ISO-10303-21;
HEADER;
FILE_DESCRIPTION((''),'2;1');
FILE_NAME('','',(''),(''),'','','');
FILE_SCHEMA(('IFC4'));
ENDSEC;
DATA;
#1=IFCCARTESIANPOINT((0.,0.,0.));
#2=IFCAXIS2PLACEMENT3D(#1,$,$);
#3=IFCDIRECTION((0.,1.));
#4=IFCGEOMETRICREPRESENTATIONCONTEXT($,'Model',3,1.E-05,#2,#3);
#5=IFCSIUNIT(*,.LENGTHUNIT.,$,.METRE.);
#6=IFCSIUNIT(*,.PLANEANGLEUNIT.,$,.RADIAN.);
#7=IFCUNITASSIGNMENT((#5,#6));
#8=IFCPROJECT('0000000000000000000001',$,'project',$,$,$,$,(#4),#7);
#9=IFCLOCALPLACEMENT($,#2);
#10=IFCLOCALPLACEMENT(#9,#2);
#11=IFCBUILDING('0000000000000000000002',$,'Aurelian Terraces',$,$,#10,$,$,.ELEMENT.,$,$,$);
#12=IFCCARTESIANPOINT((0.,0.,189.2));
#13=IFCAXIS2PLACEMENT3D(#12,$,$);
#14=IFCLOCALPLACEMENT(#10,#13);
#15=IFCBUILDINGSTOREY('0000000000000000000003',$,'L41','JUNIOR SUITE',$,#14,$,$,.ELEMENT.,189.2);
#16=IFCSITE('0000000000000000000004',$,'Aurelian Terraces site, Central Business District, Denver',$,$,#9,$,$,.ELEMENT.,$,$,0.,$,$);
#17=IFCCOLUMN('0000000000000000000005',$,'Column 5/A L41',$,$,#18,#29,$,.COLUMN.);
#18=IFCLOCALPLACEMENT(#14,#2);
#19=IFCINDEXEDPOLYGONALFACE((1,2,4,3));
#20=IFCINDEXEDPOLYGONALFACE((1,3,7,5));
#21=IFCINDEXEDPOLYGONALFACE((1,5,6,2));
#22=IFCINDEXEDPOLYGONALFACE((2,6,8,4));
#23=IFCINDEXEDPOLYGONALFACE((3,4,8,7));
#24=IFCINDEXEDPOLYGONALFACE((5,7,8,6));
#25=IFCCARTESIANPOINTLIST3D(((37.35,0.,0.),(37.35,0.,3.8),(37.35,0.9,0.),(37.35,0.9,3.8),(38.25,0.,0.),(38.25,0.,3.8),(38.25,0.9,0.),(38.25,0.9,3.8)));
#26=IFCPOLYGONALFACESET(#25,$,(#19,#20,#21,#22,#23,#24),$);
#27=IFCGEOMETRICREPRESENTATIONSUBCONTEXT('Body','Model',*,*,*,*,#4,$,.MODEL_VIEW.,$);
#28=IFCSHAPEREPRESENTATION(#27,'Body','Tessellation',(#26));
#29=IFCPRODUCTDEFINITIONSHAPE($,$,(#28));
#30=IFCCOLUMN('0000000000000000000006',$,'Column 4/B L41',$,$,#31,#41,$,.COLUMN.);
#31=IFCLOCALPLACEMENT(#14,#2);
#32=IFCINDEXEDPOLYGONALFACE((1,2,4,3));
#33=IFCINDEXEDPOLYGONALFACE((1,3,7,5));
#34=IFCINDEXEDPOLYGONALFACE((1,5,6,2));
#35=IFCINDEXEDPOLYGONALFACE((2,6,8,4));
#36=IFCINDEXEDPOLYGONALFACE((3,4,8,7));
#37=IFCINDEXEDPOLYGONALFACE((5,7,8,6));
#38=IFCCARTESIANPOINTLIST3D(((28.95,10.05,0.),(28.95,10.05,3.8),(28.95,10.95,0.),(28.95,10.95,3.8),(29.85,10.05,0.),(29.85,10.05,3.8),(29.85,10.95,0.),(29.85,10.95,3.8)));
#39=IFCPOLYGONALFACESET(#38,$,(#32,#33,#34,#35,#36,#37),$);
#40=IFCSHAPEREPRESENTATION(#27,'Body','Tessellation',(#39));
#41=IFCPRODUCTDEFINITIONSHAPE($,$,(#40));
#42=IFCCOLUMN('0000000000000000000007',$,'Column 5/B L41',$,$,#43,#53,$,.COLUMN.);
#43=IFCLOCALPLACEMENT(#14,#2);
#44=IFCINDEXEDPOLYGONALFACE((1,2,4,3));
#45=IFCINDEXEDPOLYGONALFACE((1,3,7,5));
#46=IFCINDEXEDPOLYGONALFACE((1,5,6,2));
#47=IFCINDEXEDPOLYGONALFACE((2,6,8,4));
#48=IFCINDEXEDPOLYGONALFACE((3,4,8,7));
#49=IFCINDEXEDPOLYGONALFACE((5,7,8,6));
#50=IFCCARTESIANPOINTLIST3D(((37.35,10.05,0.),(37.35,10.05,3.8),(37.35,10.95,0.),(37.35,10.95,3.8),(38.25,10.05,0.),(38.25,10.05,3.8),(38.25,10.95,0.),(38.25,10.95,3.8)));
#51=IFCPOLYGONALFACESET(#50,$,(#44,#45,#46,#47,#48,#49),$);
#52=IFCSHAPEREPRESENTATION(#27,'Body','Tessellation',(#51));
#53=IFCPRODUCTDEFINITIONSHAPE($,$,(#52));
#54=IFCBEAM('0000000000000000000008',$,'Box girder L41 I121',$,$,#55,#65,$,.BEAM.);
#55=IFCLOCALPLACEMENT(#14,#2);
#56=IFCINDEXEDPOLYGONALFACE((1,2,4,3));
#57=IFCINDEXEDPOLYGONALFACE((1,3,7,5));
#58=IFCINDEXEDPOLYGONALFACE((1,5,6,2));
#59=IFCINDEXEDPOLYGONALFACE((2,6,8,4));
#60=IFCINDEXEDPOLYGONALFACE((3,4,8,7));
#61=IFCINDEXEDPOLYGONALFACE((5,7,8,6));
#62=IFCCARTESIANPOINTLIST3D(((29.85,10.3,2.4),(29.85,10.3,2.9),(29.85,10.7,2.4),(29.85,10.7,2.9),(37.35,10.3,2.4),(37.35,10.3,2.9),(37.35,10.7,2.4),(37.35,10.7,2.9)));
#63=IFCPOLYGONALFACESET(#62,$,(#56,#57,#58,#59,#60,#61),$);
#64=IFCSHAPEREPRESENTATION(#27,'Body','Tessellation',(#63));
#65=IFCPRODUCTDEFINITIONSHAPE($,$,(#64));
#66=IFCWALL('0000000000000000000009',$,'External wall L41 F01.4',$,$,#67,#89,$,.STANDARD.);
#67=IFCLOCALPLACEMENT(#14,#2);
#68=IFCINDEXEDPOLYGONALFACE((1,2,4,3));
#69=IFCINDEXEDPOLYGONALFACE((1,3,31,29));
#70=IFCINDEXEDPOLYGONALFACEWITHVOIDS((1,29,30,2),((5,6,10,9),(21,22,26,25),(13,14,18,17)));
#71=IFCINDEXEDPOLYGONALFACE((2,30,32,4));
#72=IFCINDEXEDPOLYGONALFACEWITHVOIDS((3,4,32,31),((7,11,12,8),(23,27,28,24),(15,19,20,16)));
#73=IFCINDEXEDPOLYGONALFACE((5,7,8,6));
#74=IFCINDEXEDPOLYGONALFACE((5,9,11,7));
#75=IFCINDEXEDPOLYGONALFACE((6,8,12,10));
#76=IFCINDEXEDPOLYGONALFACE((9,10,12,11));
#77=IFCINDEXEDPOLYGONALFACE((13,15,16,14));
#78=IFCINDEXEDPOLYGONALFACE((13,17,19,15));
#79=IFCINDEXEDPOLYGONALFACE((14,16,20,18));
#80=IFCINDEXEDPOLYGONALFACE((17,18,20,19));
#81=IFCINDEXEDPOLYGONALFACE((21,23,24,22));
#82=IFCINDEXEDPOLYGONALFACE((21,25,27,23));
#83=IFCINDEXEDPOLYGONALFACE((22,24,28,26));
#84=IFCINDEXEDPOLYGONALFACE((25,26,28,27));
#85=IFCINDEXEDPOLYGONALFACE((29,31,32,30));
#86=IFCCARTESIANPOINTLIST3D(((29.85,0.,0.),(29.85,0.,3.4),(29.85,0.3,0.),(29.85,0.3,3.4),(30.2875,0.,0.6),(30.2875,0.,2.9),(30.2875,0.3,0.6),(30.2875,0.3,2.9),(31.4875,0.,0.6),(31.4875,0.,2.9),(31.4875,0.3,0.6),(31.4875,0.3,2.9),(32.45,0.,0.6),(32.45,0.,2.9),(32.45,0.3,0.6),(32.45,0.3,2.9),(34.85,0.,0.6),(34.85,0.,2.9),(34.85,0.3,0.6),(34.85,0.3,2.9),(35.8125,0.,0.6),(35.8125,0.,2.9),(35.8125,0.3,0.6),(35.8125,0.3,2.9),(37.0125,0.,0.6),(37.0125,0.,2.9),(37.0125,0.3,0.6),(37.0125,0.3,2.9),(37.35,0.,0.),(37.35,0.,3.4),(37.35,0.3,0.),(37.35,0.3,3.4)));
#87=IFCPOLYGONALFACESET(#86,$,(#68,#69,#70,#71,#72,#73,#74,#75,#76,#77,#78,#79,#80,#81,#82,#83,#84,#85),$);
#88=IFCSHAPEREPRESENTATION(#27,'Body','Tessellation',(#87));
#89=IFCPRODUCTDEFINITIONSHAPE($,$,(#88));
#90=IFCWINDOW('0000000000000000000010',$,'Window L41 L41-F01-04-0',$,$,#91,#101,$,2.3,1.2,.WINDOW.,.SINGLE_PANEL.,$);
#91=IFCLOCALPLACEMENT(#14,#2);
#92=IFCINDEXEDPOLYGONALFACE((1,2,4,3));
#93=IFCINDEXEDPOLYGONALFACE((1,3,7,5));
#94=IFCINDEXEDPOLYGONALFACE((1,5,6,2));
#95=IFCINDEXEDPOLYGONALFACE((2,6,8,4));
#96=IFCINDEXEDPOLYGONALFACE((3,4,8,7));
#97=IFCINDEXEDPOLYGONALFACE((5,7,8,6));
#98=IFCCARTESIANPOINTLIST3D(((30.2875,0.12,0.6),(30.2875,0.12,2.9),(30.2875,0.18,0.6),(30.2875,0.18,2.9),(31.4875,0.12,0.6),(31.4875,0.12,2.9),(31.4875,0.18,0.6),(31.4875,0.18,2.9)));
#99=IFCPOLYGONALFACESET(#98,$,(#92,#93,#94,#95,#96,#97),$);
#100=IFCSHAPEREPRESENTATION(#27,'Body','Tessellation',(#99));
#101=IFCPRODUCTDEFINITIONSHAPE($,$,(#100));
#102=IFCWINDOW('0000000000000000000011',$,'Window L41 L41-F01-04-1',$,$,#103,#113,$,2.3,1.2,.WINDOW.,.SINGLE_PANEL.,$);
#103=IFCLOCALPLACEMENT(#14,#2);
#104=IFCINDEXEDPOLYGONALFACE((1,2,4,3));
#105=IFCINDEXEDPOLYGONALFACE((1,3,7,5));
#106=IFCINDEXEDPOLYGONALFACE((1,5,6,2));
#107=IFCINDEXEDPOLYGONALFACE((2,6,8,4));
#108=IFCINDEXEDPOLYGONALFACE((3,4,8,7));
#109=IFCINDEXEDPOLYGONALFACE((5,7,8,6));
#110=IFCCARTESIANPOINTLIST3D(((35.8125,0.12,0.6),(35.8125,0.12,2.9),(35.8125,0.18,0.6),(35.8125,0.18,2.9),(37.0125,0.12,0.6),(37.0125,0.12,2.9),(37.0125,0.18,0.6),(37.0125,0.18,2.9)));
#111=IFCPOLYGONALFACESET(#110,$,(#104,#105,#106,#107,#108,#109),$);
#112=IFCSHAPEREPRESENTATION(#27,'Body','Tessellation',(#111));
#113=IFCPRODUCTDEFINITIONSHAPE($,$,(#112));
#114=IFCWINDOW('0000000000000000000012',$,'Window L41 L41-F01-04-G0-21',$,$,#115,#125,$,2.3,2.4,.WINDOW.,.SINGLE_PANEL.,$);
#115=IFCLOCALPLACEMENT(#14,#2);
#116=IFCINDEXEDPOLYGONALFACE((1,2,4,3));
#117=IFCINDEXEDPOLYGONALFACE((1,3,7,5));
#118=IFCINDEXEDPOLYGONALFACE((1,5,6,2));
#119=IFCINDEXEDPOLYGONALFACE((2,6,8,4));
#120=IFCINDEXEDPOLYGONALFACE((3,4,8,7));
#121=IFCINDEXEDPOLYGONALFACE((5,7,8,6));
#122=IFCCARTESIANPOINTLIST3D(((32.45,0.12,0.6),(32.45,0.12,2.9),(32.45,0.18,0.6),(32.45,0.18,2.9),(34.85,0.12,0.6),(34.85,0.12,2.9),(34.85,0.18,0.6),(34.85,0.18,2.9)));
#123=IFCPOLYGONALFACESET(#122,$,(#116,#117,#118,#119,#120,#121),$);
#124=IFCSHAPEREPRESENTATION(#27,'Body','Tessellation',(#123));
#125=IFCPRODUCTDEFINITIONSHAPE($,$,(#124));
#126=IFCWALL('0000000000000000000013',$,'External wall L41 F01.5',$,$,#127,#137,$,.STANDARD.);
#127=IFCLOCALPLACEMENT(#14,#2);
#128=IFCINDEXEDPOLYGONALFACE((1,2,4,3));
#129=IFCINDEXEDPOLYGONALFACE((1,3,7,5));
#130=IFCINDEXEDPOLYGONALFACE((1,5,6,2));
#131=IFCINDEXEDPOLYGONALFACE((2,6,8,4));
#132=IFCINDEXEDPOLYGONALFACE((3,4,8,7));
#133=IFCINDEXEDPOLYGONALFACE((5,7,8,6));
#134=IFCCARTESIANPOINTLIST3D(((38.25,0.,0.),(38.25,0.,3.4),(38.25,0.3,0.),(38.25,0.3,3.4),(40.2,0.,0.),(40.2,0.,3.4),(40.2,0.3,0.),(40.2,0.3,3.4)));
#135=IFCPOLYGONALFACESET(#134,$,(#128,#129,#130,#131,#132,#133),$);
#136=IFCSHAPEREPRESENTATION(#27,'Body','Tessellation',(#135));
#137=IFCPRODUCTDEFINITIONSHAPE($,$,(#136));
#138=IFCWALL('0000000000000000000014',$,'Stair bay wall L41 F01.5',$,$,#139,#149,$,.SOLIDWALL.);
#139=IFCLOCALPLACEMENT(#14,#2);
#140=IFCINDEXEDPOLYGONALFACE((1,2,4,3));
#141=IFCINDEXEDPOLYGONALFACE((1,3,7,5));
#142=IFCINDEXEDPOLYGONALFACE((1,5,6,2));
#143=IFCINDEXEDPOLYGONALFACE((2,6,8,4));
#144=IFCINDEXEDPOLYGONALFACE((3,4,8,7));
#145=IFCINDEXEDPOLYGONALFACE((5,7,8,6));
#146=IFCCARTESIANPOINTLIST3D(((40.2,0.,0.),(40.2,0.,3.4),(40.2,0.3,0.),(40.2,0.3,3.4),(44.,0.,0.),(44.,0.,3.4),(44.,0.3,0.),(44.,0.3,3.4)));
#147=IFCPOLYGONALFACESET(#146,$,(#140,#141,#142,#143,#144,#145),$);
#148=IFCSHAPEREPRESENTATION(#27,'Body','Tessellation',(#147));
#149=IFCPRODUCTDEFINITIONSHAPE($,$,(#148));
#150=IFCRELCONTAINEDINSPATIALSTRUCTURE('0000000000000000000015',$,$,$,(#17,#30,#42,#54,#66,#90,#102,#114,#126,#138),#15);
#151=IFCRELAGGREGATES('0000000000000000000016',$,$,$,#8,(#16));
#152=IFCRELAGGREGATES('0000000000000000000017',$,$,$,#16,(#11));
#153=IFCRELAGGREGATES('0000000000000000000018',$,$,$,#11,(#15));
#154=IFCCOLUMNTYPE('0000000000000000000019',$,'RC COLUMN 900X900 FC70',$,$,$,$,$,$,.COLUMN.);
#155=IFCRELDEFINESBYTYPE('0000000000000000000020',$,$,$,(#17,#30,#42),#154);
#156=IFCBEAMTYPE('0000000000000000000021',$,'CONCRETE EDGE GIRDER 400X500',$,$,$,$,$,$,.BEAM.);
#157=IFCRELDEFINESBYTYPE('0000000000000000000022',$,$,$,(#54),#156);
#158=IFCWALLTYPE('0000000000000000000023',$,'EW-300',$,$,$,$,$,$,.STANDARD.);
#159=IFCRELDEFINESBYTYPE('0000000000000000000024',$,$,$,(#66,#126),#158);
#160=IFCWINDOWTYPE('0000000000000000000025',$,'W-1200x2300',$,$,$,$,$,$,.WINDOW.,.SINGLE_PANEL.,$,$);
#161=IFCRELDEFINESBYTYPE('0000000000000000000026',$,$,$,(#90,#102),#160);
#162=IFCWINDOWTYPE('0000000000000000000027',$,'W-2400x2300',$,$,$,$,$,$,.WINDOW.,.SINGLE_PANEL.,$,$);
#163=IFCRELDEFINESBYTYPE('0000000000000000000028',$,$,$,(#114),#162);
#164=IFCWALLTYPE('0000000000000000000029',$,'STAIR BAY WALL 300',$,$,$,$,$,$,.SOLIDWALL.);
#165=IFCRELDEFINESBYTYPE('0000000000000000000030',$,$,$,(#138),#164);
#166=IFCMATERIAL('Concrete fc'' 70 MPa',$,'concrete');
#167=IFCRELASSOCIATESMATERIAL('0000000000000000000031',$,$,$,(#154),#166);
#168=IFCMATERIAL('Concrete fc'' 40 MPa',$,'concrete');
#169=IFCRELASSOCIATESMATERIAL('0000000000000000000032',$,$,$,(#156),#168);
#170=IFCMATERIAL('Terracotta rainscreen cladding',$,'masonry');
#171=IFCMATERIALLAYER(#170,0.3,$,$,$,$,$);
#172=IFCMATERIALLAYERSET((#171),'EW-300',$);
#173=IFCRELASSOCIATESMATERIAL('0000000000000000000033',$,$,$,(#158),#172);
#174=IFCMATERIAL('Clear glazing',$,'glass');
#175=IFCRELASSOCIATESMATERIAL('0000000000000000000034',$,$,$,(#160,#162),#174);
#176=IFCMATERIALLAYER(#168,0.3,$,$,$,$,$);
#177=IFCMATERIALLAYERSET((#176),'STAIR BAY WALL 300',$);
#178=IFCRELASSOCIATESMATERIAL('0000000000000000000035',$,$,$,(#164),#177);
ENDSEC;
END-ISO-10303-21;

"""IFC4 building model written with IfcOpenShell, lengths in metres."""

from ifc_helpers import new_model, si_unit, direction, frame, frame_2d, origin, origin_2d, place, context, subcontext, project, spatial, rectangle, extrude, source, transform, mapped, material, layer, layer_set, material_profile, profile_set, type_object, element, fill, save


model = new_model("IFC4")

# Units and contexts
model_context = context("Model", 3, precision=1e-05, world=origin(), true_north=direction((0.0, 1.0)))
body_context = subcontext(model_context, "Body", "Model", "MODEL_VIEW")
ifc_project = project(units=[si_unit("LENGTHUNIT", "METRE"), si_unit("PLANEANGLEUNIT", "RADIAN")], contexts=[model_context])

# Site, building, storey
site_placement = place(None, origin())
site = spatial("IfcSite", under=ifc_project, at=site_placement, Name="Aurelian Terraces site, Central Business District, Denver", CompositionType="ELEMENT", RefElevation=0.0)
building_placement = place(site_placement, origin())
building = spatial("IfcBuilding", under=site, at=building_placement, Name="Aurelian Terraces", CompositionType="ELEMENT")
storey_placement = place(building_placement, frame((0.0, 0.0, 189.2)))
storey = spatial("IfcBuildingStorey", under=building, at=storey_placement, Name="L41", Description="JUNIOR SUITE", CompositionType="ELEMENT", Elevation=189.2)

# Columns
ifc_material_1 = material(Name="Concrete fc' 70 MPa", Category="concrete")
ifc_material_profile_1 = material_profile(ifc_material_1, rectangle(XDim=0.9, YDim=0.9, at=origin_2d()))
ifc_profile_set_1 = profile_set([ifc_material_profile_1], Name="Concrete fc' 70 MPa")
column_type = type_object("IfcColumnType", Name="RC COLUMN 900X900 FC70", PredefinedType="COLUMN", material=ifc_profile_set_1)
shared_shape_1 = source(origin(), body_context, "Body", "SweptSolid", [
    extrude(rectangle(XDim=0.9, YDim=0.9, at=origin_2d()), origin(), (0.0, 0.0, 1.0), 3.8),
])
for number, where, z_axis, x_axis, name in (
    (1, (37.8, 0.45, 0.0), (0.0, 0.0, 1.0), (1.0, 0.0, 0.0), "Column 5/A L41"),
    (2, (29.4, 10.5, 0.0), (0.0, 0.0, 1.0), (1.0, 0.0, 0.0), "Column 4/B L41"),
    (3, (37.8, 10.5, 0.0), (0.0, 0.0, 1.0), (1.0, 0.0, 0.0), "Column 5/B L41"),
):
    element("IfcColumn", number, at=place(storey_placement, frame(where, z_axis=z_axis, x_axis=x_axis)), inside=storey, type_object=column_type, Name=name, PredefinedType="COLUMN", context=body_context, shape_type="MappedRepresentation", body=[
        mapped(shared_shape_1, transform((0.0, 0.0, 0.0), scale=1.0)),
    ])

# Beam
ifc_material_2 = material(Name="Concrete fc' 40 MPa", Category="concrete")
ifc_material_profile_2 = material_profile(ifc_material_2, rectangle(XDim=0.4, YDim=0.5, at=origin_2d()))
ifc_profile_set_2 = profile_set([ifc_material_profile_2], Name="Concrete fc' 40 MPa")
beam_type = type_object("IfcBeamType", Name="CONCRETE EDGE GIRDER 400X500", PredefinedType="BEAM", material=ifc_profile_set_2)
shared_shape_2 = source(origin(), body_context, "Body", "SweptSolid", [
    extrude(rectangle(XDim=0.4, YDim=0.5, at=origin_2d()), origin(), (0.0, 0.0, 1.0), 7.5),
])
beam_placement = place(storey_placement, frame((29.85, 10.5, 2.65), z_axis=(1.0, 0.0, 0.0), x_axis=(0.0, 1.0, 0.0)))
element("IfcBeam", 4, at=beam_placement, inside=storey, type_object=beam_type, Name="Box girder L41 I121", PredefinedType="BEAM", context=body_context, shape_type="MappedRepresentation", body=[
    mapped(shared_shape_2, transform((0.0, 0.0, 0.0), scale=1.0)),
])

# Wall, openings, windows
ifc_material_3 = material(Name="Terracotta rainscreen cladding", Category="masonry")
ifc_layer_1 = layer(ifc_material_3, 0.3)
ifc_layer_set_1 = layer_set([ifc_layer_1], Name="EW-300")
wall_type_1 = type_object("IfcWallType", Name="EW-300", PredefinedType="STANDARD", material=ifc_layer_set_1)
shared_shape_3 = source(origin(), body_context, "Body", "SweptSolid", [
    extrude(rectangle(XDim=7.5, YDim=0.3, at=frame_2d((3.75, 0.0))), origin(), (0.0, 0.0, 1.0), 3.4),
])
wall_1_placement = place(storey_placement, frame((29.85, 0.15, 0.0), z_axis=(0.0, 0.0, 1.0), x_axis=(1.0, 0.0, 0.0)))
wall_1 = element("IfcWall", 5, at=wall_1_placement, inside=storey, type_object=wall_type_1, Name="External wall L41 F01.4", PredefinedType="STANDARD", context=body_context, shape_type="MappedRepresentation", body=[
    mapped(shared_shape_3, transform((0.0, 0.0, 0.0), scale=1.0)),
])
shared_shape_4 = source(origin(), body_context, "Body", "SweptSolid", [
    extrude(rectangle(XDim=1.2, YDim=2.3, at=frame_2d((0.6, 1.15))), frame((0.0, 0.16, 0.0), z_axis=(0.0, -1.0, 0.0), x_axis=(1.0, 0.0, 0.0)), (0.0, 0.0, 1.0), 0.32),
])
opening_1_placement = place(wall_1_placement, frame((0.4375, 0.0, 0.6)))
opening_1 = element("IfcOpeningElement", 6, at=opening_1_placement, cuts=wall_1, PredefinedType="OPENING", context=body_context, shape_type="MappedRepresentation", body=[
    mapped(shared_shape_4, transform((0.0, 0.0, 0.0), scale=1.0)),
])
opening_2_placement = place(wall_1_placement, frame((5.9625, 0.0, 0.6)))
opening_2 = element("IfcOpeningElement", 7, at=opening_2_placement, cuts=wall_1, PredefinedType="OPENING", context=body_context, shape_type="MappedRepresentation", body=[
    mapped(shared_shape_4, transform((0.0, 0.0, 0.0), scale=1.0)),
])
shared_shape_5 = source(origin(), body_context, "Body", "SweptSolid", [
    extrude(rectangle(XDim=2.4, YDim=2.3, at=frame_2d((1.2, 1.15))), frame((0.0, 0.16, 0.0), z_axis=(0.0, -1.0, 0.0), x_axis=(1.0, 0.0, 0.0)), (0.0, 0.0, 1.0), 0.32),
])
opening_3_placement = place(wall_1_placement, frame((2.6, 0.0, 0.6)))
opening_3 = element("IfcOpeningElement", 8, at=opening_3_placement, cuts=wall_1, PredefinedType="OPENING", context=body_context, shape_type="MappedRepresentation", body=[
    mapped(shared_shape_5, transform((0.0, 0.0, 0.0), scale=1.0)),
])
ifc_material_4 = material(Name="Clear glazing", Category="glass")
window_type_1 = type_object("IfcWindowType", Name="W-1200x2300", PartitioningType="SINGLE_PANEL", PredefinedType="WINDOW", material=ifc_material_4)
shared_shape_6 = source(origin(), body_context, "Body", "SweptSolid", [
    extrude(rectangle(XDim=1.2, YDim=2.3, at=frame_2d((0.6, 1.15))), frame((0.0, 0.03, 0.0), z_axis=(0.0, -1.0, 0.0), x_axis=(1.0, 0.0, 0.0)), (0.0, 0.0, 1.0), 0.06),
])
window_1_placement = place(opening_1_placement, origin())
window_1 = element("IfcWindow", 9, at=window_1_placement, inside=storey, type_object=window_type_1, Name="Window L41 L41-F01-04-0", OverallHeight=2.3, OverallWidth=1.2, PartitioningType="SINGLE_PANEL", PredefinedType="WINDOW", context=body_context, shape_type="MappedRepresentation", body=[
    mapped(shared_shape_6, transform((0.0, 0.0, 0.0), scale=1.0)),
])
fill(opening_1, window_1)
window_2_placement = place(opening_2_placement, origin())
window_2 = element("IfcWindow", 10, at=window_2_placement, inside=storey, type_object=window_type_1, Name="Window L41 L41-F01-04-1", OverallHeight=2.3, OverallWidth=1.2, PartitioningType="SINGLE_PANEL", PredefinedType="WINDOW", context=body_context, shape_type="MappedRepresentation", body=[
    mapped(shared_shape_6, transform((0.0, 0.0, 0.0), scale=1.0)),
])
fill(opening_2, window_2)
window_type_2 = type_object("IfcWindowType", Name="W-2400x2300", PartitioningType="SINGLE_PANEL", PredefinedType="WINDOW", material=ifc_material_4)
shared_shape_7 = source(origin(), body_context, "Body", "SweptSolid", [
    extrude(rectangle(XDim=2.4, YDim=2.3, at=frame_2d((1.2, 1.15))), frame((0.0, 0.03, 0.0), z_axis=(0.0, -1.0, 0.0), x_axis=(1.0, 0.0, 0.0)), (0.0, 0.0, 1.0), 0.06),
])
window_3_placement = place(opening_3_placement, origin())
window_3 = element("IfcWindow", 11, at=window_3_placement, inside=storey, type_object=window_type_2, Name="Window L41 L41-F01-04-G0-21", OverallHeight=2.3, OverallWidth=2.4, PartitioningType="SINGLE_PANEL", PredefinedType="WINDOW", context=body_context, shape_type="MappedRepresentation", body=[
    mapped(shared_shape_7, transform((0.0, 0.0, 0.0), scale=1.0)),
])
fill(opening_3, window_3)

# Walls
shared_shape_8 = source(origin(), body_context, "Body", "SweptSolid", [
    extrude(rectangle(XDim=1.95, YDim=0.3, at=frame_2d((0.975, 0.0))), origin(), (0.0, 0.0, 1.0), 3.4),
])
wall_2_placement = place(storey_placement, frame((38.25, 0.15, 0.0), z_axis=(0.0, 0.0, 1.0), x_axis=(1.0, 0.0, 0.0)))
element("IfcWall", 12, at=wall_2_placement, inside=storey, type_object=wall_type_1, Name="External wall L41 F01.5", PredefinedType="STANDARD", context=body_context, shape_type="MappedRepresentation", body=[
    mapped(shared_shape_8, transform((0.0, 0.0, 0.0), scale=1.0)),
])
ifc_layer_2 = layer(ifc_material_2, 0.3)
ifc_layer_set_2 = layer_set([ifc_layer_2], Name="STAIR BAY WALL 300")
wall_type_2 = type_object("IfcWallType", Name="STAIR BAY WALL 300", PredefinedType="SOLIDWALL", material=ifc_layer_set_2)
shared_shape_9 = source(origin(), body_context, "Body", "SweptSolid", [
    extrude(rectangle(XDim=3.8, YDim=0.3, at=frame_2d((1.9, 0.0))), origin(), (0.0, 0.0, 1.0), 3.4),
])
wall_3_placement = place(storey_placement, frame((40.2, 0.15, 0.0), z_axis=(0.0, 0.0, 1.0), x_axis=(1.0, 0.0, 0.0)))
element("IfcWall", 13, at=wall_3_placement, inside=storey, type_object=wall_type_2, Name="Stair bay wall L41 F01.5", PredefinedType="SOLIDWALL", context=body_context, shape_type="MappedRepresentation", body=[
    mapped(shared_shape_9, transform((0.0, 0.0, 0.0), scale=1.0)),
])

save(model, "model.ifc")
